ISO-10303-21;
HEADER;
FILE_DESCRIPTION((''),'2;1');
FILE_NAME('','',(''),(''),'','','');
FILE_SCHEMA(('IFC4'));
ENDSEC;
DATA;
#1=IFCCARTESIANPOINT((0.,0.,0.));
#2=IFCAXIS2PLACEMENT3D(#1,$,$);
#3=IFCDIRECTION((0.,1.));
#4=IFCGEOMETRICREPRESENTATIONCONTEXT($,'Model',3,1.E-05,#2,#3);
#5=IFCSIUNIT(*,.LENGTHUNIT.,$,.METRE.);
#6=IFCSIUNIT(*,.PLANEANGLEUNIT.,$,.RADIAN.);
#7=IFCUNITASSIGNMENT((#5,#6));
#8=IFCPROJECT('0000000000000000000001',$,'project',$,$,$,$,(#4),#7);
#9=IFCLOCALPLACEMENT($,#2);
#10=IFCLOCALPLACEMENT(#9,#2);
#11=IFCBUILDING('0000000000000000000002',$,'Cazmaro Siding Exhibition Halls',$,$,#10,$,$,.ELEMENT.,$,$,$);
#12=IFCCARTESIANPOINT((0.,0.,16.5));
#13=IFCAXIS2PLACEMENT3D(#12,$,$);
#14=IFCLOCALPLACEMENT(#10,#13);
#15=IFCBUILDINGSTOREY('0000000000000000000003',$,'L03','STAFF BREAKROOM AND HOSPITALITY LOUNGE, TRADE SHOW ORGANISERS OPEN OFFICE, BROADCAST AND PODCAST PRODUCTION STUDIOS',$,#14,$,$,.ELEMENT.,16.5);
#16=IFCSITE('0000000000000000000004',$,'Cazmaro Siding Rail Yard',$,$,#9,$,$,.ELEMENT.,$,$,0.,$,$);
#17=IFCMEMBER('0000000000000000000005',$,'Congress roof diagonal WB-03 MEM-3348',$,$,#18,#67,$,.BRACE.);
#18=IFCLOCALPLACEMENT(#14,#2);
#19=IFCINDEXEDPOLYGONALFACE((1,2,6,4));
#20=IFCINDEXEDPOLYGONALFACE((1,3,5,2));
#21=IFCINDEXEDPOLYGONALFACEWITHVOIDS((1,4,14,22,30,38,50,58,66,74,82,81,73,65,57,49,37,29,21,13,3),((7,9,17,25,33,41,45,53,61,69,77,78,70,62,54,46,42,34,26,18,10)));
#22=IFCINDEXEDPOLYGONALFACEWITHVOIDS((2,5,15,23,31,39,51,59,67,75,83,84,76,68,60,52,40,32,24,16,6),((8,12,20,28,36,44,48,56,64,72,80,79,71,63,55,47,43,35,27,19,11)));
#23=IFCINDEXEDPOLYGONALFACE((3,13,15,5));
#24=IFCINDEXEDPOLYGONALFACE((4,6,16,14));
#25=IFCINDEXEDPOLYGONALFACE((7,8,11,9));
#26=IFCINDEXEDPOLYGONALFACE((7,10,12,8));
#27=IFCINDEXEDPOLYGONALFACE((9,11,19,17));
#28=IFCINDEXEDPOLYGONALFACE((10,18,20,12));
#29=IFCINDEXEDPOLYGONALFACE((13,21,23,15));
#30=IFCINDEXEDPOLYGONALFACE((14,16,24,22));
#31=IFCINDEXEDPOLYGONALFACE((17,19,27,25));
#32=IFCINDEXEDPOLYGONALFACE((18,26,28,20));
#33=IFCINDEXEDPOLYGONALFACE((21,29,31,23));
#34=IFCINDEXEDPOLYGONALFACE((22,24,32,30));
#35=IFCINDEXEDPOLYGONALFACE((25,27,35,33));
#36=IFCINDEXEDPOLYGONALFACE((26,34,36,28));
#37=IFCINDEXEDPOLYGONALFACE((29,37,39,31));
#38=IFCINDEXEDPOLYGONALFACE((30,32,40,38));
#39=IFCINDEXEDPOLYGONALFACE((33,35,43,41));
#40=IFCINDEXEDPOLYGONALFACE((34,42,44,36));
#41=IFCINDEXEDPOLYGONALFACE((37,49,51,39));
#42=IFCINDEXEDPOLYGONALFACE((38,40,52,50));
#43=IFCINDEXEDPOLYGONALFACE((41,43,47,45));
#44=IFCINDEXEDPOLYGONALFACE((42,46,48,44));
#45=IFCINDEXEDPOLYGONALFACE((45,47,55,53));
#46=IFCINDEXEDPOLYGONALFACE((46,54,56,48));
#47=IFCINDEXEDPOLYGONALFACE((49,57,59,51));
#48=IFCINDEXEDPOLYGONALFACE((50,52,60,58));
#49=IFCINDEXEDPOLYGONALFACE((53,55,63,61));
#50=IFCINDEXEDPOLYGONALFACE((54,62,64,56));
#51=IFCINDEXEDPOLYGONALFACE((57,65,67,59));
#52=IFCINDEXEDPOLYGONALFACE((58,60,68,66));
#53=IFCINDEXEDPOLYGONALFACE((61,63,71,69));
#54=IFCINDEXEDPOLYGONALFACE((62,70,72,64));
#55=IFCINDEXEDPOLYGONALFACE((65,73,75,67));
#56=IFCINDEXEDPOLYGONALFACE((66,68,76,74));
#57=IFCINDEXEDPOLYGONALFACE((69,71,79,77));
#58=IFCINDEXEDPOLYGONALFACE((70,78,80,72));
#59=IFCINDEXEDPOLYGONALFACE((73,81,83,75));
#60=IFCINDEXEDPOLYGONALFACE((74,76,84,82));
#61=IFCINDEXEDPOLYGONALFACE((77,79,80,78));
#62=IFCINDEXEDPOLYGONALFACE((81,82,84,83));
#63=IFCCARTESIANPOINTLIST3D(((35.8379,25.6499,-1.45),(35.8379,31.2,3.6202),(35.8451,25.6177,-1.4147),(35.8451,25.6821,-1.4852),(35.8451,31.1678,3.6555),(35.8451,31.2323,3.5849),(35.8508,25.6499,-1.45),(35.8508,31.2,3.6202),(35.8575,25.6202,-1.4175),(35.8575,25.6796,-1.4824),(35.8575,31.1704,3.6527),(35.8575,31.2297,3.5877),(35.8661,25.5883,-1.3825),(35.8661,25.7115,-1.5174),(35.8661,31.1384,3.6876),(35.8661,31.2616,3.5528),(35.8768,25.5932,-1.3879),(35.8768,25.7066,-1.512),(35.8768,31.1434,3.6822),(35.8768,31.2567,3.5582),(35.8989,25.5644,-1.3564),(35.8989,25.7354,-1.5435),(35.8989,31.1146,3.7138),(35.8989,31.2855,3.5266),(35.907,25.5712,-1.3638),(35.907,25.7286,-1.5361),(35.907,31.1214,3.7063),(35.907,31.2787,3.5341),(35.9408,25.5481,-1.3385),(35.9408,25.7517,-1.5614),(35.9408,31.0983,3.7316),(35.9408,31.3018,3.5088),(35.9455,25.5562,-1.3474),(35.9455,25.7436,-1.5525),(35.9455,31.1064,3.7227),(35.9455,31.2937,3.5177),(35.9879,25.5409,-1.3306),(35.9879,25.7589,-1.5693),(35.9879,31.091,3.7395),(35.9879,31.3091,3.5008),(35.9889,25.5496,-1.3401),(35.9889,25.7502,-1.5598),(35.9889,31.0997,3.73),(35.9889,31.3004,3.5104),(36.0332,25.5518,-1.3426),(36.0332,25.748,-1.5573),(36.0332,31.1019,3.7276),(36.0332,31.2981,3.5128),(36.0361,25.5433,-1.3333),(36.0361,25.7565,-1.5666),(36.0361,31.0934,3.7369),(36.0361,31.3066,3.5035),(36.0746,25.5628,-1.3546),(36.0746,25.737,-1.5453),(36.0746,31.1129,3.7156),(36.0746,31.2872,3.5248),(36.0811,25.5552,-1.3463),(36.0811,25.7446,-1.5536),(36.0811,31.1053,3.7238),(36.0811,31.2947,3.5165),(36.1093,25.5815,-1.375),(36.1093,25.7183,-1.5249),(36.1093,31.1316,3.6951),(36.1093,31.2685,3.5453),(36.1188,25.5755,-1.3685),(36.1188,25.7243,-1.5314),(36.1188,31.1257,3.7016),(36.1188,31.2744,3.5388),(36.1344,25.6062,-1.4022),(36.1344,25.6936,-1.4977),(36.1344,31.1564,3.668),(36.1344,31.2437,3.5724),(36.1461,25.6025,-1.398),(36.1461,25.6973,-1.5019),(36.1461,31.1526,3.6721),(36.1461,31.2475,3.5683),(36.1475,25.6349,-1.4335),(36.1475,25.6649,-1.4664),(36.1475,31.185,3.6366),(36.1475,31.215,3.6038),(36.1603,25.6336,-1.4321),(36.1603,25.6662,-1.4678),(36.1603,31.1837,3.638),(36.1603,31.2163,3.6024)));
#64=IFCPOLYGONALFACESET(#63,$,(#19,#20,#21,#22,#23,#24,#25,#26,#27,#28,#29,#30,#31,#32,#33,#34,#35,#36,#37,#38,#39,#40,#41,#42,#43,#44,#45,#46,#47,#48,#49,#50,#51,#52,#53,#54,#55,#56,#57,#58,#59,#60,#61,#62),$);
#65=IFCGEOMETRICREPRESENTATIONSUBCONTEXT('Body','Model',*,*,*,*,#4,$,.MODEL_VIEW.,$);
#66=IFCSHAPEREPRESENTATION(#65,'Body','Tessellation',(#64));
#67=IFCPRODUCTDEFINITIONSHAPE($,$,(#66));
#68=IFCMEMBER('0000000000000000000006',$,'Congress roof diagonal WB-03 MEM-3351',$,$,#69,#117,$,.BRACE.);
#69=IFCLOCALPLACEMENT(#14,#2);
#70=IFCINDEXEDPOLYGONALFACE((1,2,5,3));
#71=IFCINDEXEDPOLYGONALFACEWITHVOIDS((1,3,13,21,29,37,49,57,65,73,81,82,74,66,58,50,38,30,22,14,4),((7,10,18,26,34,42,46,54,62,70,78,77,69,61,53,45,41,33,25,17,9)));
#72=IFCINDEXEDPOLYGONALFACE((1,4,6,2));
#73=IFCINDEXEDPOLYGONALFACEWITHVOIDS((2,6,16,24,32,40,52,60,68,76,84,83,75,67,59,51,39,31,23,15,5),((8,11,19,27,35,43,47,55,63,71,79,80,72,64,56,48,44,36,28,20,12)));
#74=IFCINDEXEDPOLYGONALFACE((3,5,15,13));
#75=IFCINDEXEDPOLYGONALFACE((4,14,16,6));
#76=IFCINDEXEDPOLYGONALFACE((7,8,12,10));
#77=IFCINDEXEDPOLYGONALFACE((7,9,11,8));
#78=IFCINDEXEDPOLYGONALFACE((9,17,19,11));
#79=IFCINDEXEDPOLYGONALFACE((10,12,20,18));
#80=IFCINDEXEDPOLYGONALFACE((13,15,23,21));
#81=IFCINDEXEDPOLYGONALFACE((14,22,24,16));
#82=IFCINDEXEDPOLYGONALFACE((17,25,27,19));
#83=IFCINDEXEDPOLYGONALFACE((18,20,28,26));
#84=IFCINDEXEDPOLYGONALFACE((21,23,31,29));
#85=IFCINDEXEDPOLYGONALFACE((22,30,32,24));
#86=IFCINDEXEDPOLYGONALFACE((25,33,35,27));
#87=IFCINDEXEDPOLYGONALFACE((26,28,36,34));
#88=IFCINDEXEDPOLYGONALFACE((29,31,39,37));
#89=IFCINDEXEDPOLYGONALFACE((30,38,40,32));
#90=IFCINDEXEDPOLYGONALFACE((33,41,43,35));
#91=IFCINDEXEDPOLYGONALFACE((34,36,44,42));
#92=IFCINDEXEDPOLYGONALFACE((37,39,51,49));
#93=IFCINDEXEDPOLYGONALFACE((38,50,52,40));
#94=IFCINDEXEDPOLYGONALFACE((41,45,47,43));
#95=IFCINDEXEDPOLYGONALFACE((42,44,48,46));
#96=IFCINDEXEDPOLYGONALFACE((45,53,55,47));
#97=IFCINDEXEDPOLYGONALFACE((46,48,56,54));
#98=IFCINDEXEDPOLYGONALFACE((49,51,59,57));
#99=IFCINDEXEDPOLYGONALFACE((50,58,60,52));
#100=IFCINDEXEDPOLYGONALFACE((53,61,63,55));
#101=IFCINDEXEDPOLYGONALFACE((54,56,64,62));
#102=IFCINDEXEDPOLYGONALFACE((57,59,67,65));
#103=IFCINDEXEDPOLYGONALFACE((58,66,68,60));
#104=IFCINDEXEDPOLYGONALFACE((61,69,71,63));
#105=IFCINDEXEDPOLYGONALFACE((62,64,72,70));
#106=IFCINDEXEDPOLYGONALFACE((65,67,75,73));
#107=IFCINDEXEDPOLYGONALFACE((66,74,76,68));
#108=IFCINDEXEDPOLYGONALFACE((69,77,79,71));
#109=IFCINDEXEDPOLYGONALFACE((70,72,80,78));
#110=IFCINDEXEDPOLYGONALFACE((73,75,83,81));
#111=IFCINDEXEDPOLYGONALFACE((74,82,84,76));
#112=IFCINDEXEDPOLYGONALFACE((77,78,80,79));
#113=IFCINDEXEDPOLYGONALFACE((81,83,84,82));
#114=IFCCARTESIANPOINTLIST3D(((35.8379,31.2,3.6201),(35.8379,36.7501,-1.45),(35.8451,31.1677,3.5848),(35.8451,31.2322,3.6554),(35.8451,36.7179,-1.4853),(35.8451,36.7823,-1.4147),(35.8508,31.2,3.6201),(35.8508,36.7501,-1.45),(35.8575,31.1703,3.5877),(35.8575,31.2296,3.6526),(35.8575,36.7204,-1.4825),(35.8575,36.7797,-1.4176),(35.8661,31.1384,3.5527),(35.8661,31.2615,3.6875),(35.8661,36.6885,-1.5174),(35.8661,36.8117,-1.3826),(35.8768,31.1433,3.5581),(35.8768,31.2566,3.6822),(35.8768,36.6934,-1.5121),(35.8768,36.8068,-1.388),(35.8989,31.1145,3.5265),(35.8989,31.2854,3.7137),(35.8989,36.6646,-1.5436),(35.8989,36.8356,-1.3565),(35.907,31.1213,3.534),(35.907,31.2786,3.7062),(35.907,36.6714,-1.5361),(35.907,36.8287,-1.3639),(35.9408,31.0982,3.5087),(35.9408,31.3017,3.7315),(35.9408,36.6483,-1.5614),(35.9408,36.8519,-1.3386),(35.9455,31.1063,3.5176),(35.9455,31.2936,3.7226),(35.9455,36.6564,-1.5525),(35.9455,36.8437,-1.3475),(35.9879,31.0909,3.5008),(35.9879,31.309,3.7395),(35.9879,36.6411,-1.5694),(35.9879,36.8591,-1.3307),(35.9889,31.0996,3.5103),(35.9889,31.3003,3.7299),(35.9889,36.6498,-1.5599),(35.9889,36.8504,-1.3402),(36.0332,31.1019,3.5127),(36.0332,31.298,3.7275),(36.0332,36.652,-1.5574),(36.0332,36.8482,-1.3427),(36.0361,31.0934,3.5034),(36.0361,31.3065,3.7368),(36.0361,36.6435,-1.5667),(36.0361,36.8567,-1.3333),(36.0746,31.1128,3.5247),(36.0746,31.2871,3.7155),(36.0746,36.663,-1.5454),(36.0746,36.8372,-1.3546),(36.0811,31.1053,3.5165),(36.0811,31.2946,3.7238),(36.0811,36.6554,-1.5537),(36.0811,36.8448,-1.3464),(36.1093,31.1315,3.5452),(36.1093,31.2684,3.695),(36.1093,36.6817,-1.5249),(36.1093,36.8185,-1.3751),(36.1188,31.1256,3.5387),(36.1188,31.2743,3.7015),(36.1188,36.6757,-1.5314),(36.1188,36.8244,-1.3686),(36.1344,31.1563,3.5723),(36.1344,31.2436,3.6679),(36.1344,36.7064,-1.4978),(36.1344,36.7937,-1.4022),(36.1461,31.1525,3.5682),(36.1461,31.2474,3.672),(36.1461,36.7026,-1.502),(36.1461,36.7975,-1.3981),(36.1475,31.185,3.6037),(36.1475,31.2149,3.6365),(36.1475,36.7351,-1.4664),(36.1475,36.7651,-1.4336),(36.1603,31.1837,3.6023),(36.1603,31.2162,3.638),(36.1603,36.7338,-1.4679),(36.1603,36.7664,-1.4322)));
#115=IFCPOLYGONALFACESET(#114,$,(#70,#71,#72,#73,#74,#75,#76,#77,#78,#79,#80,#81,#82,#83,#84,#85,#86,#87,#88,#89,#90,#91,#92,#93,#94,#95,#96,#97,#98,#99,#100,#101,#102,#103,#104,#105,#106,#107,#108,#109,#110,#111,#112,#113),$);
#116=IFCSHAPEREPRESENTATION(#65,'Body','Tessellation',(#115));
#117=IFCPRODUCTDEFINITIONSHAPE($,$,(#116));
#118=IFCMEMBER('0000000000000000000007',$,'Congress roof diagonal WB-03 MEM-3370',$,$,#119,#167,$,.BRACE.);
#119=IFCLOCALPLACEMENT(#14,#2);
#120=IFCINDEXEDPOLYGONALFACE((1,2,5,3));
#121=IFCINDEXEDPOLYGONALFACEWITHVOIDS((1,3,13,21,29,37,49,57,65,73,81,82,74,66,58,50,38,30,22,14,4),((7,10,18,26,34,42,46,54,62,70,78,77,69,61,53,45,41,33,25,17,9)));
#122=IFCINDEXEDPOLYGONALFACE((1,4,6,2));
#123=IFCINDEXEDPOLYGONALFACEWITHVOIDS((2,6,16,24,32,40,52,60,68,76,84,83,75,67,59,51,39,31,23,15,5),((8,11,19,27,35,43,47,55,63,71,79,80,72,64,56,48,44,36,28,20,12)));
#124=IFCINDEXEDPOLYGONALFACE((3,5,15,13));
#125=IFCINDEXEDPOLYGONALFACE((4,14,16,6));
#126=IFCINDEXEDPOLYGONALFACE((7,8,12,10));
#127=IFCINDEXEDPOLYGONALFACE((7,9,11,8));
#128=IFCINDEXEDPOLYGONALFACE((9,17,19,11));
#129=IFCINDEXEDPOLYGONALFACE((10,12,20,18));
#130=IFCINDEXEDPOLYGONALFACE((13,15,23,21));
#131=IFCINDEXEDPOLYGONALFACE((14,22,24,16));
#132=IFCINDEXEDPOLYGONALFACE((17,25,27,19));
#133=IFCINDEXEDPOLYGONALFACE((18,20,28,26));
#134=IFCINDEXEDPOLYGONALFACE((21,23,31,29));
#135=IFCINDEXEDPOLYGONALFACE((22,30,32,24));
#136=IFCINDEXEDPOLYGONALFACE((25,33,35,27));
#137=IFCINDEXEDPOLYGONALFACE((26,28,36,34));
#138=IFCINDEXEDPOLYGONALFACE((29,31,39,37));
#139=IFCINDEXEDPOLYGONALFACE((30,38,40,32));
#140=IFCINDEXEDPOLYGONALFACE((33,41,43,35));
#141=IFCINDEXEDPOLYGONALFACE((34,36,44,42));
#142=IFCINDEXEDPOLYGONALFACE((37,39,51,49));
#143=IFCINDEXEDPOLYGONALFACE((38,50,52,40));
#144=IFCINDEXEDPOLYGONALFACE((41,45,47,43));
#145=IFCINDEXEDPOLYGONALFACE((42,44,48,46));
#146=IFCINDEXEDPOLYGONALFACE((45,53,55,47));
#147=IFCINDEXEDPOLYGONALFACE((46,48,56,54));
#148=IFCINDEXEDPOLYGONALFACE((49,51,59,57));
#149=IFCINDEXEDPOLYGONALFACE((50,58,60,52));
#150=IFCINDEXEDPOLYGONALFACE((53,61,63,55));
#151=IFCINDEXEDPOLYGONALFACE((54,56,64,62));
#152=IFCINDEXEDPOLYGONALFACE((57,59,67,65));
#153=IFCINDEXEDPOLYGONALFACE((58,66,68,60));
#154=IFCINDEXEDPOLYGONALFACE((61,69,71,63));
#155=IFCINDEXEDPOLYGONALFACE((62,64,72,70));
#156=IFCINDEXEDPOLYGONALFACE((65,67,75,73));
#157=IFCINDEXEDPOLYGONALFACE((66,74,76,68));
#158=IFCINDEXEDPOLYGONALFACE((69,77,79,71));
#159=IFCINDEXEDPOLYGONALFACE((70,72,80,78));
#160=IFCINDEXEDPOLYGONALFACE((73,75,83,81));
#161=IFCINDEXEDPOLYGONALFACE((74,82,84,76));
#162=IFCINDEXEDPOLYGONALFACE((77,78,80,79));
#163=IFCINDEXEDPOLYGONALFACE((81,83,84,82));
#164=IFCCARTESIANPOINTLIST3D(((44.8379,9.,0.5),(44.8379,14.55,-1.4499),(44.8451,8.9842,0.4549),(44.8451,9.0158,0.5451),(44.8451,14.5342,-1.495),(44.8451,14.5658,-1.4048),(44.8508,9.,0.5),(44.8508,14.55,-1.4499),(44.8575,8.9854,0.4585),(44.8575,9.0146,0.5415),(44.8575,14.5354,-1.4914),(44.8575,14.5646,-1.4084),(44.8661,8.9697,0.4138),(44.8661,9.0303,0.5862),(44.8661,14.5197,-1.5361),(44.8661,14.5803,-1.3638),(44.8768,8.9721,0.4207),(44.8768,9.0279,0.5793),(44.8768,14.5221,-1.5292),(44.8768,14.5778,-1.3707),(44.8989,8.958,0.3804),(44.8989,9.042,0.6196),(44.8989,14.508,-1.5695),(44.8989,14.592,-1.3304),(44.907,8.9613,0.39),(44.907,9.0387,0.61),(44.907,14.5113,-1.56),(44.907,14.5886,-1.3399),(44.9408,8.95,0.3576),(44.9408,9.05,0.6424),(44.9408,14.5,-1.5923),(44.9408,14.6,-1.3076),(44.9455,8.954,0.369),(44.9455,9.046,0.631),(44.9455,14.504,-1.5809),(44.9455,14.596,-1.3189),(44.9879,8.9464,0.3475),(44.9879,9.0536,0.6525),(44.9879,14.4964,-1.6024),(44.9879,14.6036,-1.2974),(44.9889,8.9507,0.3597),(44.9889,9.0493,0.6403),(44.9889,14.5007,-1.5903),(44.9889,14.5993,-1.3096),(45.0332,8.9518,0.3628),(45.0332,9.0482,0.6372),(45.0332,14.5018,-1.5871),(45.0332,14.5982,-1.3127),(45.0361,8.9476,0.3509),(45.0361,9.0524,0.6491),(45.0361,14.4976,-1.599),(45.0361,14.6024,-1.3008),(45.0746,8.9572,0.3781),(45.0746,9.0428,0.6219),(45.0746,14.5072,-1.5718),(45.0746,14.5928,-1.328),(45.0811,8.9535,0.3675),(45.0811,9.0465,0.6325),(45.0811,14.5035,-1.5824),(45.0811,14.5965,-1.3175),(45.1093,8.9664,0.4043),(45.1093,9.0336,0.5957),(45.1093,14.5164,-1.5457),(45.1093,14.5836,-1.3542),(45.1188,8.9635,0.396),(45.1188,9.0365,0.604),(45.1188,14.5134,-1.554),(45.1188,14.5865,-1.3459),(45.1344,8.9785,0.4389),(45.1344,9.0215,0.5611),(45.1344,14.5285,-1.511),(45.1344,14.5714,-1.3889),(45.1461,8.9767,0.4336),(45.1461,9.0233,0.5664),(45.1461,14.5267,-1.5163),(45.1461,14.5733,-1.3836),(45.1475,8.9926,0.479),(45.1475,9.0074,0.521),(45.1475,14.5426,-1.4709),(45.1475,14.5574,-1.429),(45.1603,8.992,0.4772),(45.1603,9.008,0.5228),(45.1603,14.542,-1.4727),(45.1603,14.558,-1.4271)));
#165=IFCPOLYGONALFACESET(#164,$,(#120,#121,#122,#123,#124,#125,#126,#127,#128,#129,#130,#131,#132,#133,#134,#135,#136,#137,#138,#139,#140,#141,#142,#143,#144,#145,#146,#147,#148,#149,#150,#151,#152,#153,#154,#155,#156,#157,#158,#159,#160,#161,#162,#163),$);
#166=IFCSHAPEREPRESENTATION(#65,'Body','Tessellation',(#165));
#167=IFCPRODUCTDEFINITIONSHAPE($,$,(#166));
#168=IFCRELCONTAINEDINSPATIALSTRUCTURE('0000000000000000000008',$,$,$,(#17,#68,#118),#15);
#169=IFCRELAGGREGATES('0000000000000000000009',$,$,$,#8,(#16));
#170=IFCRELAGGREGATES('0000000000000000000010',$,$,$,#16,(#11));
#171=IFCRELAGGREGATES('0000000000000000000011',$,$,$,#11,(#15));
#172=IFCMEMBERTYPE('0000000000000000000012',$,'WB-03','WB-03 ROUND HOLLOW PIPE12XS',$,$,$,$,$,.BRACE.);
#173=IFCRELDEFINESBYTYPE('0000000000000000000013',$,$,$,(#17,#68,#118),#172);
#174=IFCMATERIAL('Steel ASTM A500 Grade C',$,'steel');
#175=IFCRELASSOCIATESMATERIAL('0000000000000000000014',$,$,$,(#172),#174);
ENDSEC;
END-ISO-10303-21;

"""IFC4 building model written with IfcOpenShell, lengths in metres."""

from ifc_helpers import new_model, si_unit, direction, frame, origin, origin_2d, place, context, subcontext, project, spatial, hollow_circle, extrude, material, material_profile, profile_set, type_object, element, save


model = new_model("IFC4")

# Units and contexts
model_context = context("Model", 3, precision=1e-05, world=origin(), true_north=direction((0.0, 1.0)))
body_context = subcontext(model_context, "Body", "Model", "MODEL_VIEW")
ifc_project = project(units=[si_unit("LENGTHUNIT", "METRE"), si_unit("PLANEANGLEUNIT", "RADIAN")], contexts=[model_context])

# Site, building, storey
site_placement = place(None, origin())
site = spatial("IfcSite", under=ifc_project, at=site_placement, Name="Cazmaro Siding Rail Yard", CompositionType="ELEMENT", RefElevation=0.0)
building_placement = place(site_placement, origin())
building = spatial("IfcBuilding", under=site, at=building_placement, Name="Cazmaro Siding Exhibition Halls", CompositionType="ELEMENT")
storey_placement = place(building_placement, frame((0.0, 0.0, 16.5)))
storey = spatial("IfcBuildingStorey", under=building, at=storey_placement, Name="L03", Description="STAFF BREAKROOM AND HOSPITALITY LOUNGE, TRADE SHOW ORGANISERS OPEN OFFICE, BROADCAST AND PODCAST PRODUCTION STUDIOS", CompositionType="ELEMENT", Elevation=16.5)

# Members
ifc_material_1 = material(Name="Steel ASTM A500 Grade C", Category="steel")
ifc_material_profile_1 = material_profile(ifc_material_1, hollow_circle(Radius=0.1621, WallThickness=0.0129, at=origin_2d()), Name="PIPE12XS")
ifc_profile_set_1 = profile_set([ifc_material_profile_1], Name="Steel ASTM A500 Grade C")
member_type_1 = type_object("IfcMemberType", Name="WB-03", Description="WB-03 ROUND HOLLOW PIPE12XS", PredefinedType="BRACE", material=ifc_profile_set_1)
for number, where, z_axis, x_axis, name in (
    (1, (36.0, 25.6499, -1.45), (0.0, 0.738311, 0.67446), (-1.0, 0.0, 0.0), "Congress roof diagonal WB-03 MEM-3348"),
    (2, (36.0, 31.2, 3.6201), (0.0, 0.738311, -0.67446), (-1.0, 0.0, 0.0), "Congress roof diagonal WB-03 MEM-3351"),
):
    element("IfcMember", number, at=place(storey_placement, frame(where, z_axis=z_axis, x_axis=x_axis)), inside=storey, type_object=member_type_1, Name=name, PredefinedType="BRACE", context=body_context, shape_type="SweptSolid", body=[
        extrude(hollow_circle(Radius=0.1621, WallThickness=0.0129, at=origin_2d()), origin(), (0.0, 0.0, 1.0), 7.5173),
    ])
member_1_placement = place(storey_placement, frame((45.0, 9.0, 0.5), z_axis=(0.0, 0.943464, -0.331476), x_axis=(-1.0, 0.0, 0.0)))
element("IfcMember", 3, at=member_1_placement, inside=storey, type_object=member_type_1, Name="Congress roof diagonal WB-03 MEM-3370", PredefinedType="BRACE", context=body_context, shape_type="SweptSolid", body=[
    extrude(hollow_circle(Radius=0.1621, WallThickness=0.0129, at=origin_2d()), origin(), (0.0, 0.0, 1.0), 5.8826),
])

save(model, "model.ifc")
